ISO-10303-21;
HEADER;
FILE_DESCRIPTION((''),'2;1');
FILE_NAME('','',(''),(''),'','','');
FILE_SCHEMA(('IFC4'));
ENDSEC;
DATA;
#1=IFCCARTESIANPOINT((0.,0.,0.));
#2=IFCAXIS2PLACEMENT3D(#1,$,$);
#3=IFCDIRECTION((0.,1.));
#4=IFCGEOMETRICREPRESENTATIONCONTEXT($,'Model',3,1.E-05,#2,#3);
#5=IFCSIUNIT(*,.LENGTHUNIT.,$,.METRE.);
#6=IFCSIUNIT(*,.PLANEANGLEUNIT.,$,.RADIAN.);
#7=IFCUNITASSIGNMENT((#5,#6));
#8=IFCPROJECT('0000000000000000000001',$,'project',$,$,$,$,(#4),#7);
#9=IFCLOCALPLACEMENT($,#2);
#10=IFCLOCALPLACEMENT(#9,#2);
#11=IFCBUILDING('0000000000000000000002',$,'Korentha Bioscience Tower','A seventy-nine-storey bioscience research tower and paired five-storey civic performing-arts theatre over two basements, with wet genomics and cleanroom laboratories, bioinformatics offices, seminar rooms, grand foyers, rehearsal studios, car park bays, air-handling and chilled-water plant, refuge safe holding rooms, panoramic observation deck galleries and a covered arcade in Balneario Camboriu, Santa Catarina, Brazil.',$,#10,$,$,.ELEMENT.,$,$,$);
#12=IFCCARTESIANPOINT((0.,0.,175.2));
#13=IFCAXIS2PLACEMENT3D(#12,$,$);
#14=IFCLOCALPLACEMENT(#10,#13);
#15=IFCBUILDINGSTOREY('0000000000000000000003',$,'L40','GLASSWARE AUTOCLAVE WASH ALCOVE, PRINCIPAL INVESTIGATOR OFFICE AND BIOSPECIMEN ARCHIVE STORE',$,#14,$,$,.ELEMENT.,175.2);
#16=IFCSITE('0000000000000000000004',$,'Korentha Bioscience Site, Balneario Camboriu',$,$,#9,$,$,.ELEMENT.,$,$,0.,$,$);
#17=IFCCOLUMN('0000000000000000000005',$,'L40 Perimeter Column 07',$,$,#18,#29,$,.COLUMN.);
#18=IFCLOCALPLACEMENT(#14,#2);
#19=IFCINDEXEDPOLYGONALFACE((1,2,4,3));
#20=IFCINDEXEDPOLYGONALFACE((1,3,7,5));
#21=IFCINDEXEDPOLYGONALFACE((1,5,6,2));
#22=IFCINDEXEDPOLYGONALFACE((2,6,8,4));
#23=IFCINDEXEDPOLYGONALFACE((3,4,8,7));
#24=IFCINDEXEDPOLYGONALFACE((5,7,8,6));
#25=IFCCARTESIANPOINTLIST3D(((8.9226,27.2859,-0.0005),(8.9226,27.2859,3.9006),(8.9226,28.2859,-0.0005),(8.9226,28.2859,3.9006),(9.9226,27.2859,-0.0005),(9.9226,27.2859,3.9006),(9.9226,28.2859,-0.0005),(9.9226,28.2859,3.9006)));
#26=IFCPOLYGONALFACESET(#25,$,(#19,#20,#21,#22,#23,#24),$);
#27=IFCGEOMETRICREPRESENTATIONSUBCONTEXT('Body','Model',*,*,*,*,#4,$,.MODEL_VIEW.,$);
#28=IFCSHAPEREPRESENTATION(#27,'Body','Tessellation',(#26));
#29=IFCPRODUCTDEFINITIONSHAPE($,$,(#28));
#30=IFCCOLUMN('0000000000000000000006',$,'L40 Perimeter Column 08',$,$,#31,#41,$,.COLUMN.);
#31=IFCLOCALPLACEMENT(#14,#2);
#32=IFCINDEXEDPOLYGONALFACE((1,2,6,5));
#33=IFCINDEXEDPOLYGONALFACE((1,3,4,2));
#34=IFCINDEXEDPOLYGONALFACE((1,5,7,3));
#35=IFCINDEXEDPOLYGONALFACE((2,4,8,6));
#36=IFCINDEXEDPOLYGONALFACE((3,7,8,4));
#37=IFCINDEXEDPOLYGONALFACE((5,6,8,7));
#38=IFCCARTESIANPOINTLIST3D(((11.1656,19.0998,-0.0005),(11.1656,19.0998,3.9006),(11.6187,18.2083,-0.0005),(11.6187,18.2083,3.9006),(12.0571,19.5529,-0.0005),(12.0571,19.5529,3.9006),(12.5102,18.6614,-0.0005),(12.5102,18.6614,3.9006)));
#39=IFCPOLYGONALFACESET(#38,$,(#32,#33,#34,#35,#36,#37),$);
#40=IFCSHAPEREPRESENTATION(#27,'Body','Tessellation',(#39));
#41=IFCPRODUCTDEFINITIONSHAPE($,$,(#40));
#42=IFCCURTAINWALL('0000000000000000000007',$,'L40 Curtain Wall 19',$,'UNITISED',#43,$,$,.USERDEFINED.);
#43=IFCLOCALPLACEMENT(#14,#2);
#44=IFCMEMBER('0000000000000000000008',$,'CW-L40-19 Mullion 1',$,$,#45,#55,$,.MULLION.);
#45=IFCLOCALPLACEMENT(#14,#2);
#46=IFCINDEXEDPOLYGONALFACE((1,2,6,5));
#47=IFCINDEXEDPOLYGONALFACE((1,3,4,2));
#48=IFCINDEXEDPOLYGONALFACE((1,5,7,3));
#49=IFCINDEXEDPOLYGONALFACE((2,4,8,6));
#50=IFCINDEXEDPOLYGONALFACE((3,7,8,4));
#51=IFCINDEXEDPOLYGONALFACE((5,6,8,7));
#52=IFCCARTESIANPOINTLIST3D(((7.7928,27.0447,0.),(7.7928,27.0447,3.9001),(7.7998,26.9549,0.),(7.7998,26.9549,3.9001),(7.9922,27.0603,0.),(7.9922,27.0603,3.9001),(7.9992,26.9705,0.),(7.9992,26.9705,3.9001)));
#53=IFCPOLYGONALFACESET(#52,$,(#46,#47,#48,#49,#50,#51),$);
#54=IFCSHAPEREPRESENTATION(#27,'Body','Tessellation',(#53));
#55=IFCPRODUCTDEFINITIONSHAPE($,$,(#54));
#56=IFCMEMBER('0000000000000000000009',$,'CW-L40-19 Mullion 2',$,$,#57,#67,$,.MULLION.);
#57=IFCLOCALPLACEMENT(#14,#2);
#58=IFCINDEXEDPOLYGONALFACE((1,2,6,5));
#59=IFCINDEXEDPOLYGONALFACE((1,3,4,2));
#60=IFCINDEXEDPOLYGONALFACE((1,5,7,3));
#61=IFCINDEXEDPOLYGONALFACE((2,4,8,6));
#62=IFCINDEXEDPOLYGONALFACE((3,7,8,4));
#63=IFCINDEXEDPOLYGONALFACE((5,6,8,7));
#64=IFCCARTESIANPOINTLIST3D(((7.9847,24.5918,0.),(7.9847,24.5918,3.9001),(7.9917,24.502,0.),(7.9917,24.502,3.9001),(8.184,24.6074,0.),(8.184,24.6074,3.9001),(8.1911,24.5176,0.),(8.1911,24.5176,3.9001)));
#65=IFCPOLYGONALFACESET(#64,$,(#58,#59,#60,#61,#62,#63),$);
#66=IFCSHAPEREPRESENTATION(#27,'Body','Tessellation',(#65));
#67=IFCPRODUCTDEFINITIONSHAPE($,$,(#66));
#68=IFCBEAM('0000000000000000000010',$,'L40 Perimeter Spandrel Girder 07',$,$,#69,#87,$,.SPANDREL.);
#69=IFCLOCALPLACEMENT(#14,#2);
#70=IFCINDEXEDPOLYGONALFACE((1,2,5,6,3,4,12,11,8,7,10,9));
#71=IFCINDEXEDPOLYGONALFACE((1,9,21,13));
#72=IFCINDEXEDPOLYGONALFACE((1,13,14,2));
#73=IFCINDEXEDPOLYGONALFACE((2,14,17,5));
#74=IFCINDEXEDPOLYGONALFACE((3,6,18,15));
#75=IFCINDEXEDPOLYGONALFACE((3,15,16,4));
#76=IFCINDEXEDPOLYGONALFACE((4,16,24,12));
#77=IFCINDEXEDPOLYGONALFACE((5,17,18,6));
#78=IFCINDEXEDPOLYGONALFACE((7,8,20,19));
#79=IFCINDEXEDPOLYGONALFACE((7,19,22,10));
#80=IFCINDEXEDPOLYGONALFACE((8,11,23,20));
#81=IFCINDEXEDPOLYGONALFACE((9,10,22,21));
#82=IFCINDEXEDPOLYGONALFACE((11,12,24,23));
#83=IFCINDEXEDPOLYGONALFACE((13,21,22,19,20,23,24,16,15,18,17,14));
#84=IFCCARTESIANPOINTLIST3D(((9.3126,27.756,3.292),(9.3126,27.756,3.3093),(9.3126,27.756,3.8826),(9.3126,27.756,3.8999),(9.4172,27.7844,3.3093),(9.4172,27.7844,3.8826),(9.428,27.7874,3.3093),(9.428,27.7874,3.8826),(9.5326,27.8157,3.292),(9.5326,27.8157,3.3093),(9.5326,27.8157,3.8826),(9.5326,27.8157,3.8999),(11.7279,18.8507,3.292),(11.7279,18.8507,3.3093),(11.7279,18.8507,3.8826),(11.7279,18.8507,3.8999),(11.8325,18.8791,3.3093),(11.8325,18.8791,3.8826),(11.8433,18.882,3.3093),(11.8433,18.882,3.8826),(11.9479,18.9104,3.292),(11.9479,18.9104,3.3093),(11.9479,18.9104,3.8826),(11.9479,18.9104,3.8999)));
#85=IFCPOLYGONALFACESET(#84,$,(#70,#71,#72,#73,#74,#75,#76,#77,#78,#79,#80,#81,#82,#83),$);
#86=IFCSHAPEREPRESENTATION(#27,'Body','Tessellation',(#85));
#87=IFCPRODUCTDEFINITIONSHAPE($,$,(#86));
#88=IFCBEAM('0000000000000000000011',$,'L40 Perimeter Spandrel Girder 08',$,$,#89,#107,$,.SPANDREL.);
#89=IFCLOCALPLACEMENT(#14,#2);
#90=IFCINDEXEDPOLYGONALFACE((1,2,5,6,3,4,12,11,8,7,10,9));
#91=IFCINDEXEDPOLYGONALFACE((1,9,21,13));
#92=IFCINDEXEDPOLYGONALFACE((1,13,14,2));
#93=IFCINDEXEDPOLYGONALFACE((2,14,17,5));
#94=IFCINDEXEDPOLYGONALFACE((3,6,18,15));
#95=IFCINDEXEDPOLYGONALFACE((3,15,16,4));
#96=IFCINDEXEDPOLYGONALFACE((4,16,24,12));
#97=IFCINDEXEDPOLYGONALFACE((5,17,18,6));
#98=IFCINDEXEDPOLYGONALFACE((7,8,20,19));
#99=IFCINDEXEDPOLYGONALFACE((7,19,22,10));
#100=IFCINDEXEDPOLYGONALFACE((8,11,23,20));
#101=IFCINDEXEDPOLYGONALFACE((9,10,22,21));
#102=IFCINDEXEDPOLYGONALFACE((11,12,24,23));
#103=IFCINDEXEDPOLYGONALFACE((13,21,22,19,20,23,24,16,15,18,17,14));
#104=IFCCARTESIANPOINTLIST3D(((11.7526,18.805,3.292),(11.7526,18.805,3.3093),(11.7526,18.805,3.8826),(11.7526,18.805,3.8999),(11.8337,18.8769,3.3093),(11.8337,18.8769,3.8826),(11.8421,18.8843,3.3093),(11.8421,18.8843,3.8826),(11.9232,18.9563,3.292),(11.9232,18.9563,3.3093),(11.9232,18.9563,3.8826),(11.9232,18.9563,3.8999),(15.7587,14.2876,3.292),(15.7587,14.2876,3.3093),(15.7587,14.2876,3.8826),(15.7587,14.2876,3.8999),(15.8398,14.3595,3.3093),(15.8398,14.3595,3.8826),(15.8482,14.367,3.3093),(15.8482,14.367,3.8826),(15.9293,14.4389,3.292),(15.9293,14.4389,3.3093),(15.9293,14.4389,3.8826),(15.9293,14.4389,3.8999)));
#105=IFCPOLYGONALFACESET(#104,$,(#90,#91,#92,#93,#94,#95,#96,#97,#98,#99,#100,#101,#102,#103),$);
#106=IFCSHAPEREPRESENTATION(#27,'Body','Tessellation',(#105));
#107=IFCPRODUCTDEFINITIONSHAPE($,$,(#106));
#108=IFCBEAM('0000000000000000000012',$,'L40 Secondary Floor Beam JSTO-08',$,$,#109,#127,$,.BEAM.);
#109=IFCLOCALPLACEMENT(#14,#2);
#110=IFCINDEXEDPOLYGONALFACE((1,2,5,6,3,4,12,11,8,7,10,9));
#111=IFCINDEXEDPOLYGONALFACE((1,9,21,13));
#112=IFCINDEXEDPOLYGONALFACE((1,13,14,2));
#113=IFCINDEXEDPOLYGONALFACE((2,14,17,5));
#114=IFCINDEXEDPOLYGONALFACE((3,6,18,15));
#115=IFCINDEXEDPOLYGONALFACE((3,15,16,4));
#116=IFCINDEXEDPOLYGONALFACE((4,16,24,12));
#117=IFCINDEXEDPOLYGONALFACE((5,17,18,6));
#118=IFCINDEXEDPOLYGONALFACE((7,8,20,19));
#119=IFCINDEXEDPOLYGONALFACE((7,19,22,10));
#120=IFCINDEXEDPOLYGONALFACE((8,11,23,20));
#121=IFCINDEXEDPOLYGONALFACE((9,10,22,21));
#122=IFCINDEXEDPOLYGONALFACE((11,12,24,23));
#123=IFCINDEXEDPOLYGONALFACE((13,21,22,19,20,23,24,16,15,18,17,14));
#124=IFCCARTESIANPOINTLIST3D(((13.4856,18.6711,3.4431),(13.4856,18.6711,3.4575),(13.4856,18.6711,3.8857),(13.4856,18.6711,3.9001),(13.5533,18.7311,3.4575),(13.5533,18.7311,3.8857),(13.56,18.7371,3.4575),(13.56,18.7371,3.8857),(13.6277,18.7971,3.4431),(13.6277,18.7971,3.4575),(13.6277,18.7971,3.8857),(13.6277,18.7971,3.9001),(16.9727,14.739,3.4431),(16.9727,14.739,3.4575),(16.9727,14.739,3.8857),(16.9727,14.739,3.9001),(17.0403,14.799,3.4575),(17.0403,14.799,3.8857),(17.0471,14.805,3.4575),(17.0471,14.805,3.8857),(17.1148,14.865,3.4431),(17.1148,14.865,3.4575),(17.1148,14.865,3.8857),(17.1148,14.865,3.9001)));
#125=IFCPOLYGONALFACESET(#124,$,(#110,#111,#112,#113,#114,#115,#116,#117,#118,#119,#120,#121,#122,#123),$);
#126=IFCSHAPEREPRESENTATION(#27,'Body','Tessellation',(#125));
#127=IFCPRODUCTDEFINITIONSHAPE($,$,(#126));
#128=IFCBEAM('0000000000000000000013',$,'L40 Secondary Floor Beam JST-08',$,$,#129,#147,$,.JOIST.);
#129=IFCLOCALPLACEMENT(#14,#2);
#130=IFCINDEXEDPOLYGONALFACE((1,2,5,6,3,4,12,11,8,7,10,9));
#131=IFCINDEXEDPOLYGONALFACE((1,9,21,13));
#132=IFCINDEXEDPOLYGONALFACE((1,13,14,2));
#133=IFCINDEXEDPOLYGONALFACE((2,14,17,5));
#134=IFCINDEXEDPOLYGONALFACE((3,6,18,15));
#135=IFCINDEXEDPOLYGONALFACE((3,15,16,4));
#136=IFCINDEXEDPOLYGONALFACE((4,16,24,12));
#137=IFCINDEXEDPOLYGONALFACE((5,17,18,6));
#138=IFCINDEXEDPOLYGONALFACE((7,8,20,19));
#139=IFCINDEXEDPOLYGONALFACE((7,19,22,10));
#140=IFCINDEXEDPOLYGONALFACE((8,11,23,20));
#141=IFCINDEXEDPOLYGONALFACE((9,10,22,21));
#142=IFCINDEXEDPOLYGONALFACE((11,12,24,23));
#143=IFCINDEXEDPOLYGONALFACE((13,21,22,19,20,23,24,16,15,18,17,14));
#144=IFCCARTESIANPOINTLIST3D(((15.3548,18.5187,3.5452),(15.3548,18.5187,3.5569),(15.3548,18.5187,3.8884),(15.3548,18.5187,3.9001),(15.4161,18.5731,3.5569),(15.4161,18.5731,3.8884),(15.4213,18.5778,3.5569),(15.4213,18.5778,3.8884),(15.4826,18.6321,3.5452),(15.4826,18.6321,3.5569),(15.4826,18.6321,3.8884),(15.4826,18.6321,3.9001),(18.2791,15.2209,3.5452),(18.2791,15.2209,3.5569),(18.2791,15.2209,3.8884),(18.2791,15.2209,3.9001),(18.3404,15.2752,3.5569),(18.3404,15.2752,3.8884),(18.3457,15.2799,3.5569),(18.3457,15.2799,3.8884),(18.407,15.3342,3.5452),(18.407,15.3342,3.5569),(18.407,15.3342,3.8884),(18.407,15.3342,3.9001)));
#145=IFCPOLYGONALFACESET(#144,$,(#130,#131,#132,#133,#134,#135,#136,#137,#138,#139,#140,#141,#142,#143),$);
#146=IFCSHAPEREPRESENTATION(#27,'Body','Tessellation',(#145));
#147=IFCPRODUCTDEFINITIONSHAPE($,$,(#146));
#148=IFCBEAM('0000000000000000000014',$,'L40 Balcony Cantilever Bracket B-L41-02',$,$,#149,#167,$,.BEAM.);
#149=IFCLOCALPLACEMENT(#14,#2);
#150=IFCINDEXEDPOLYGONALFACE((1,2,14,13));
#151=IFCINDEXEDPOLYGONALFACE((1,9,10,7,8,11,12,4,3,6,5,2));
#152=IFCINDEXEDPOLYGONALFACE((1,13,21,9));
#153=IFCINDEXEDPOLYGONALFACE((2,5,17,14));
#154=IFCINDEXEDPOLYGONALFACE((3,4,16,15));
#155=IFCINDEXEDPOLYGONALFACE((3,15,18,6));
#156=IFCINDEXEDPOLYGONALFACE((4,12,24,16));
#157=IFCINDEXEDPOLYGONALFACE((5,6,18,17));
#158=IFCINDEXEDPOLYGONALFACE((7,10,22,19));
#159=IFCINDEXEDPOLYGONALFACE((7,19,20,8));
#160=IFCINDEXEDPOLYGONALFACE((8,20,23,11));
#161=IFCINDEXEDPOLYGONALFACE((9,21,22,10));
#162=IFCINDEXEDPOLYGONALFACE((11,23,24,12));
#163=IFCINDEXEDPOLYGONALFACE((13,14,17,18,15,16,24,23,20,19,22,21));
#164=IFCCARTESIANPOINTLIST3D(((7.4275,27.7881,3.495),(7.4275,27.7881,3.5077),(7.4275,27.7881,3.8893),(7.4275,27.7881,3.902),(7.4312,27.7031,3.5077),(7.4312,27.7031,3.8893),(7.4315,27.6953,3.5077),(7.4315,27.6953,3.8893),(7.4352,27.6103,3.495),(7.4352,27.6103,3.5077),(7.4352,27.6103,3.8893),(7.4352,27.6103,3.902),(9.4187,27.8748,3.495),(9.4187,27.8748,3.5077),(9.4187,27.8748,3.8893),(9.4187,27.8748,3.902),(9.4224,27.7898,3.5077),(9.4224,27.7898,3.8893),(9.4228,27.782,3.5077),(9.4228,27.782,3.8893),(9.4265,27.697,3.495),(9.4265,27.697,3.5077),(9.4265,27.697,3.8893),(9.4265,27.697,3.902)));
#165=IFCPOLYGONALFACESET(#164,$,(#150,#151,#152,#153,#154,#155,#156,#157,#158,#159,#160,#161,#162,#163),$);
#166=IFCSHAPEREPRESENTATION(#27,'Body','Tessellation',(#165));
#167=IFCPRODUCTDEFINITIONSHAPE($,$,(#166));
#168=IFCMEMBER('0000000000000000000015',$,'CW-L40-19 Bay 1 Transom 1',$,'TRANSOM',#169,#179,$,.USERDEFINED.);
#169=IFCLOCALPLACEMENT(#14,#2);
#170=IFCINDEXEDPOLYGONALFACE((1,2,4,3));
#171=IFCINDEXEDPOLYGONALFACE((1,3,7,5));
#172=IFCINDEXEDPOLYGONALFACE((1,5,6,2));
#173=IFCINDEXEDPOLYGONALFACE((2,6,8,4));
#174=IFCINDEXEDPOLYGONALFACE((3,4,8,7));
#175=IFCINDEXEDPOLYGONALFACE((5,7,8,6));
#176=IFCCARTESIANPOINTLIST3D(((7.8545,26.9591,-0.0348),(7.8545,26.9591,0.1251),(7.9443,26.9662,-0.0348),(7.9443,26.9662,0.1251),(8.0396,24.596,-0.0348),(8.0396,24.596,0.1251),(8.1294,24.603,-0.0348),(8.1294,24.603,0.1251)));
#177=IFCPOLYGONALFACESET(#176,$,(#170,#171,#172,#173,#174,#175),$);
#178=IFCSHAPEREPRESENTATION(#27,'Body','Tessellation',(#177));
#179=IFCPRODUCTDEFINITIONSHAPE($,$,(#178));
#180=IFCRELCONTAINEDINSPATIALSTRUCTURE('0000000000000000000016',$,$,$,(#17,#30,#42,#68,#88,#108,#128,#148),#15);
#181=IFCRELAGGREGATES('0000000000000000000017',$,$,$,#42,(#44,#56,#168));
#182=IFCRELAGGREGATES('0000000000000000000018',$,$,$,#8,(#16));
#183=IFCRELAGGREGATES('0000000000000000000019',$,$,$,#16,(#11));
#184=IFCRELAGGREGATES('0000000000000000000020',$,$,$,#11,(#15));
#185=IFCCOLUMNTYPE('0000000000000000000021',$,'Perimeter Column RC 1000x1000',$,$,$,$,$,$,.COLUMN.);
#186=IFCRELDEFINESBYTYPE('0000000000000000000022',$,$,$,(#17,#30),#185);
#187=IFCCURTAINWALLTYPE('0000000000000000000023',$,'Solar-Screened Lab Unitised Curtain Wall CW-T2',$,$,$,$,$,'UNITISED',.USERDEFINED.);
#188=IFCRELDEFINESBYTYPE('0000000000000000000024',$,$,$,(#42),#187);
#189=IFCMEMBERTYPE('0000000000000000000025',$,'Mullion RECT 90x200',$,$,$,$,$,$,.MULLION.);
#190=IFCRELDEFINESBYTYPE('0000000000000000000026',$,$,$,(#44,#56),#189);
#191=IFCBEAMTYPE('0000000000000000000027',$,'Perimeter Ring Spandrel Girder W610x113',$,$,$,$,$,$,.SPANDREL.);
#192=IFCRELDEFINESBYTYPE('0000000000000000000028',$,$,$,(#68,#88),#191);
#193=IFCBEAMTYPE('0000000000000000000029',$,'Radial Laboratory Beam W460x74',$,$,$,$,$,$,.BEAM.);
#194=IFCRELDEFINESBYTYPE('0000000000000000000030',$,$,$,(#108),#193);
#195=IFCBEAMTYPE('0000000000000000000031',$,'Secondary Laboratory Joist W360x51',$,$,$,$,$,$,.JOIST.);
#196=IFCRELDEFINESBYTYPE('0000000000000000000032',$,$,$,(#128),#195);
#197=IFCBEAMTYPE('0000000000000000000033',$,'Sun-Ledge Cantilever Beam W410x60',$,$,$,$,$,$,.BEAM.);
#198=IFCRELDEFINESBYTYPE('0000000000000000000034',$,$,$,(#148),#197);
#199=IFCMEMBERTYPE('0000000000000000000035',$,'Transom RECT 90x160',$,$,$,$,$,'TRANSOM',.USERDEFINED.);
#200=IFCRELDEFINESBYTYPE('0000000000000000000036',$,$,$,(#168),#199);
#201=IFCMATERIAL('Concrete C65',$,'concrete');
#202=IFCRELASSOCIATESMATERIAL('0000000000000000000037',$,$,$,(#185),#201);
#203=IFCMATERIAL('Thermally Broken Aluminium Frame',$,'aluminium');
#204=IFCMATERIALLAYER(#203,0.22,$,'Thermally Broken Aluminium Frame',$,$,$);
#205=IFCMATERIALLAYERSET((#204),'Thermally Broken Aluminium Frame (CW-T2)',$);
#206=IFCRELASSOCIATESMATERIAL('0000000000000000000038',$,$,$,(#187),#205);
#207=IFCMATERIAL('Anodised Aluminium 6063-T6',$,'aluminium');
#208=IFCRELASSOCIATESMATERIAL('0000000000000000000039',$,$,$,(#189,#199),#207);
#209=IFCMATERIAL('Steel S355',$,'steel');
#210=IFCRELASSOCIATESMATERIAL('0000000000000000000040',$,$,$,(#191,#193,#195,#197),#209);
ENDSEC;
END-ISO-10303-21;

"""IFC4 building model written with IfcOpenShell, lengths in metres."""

from ifc_helpers import new_model, si_unit, direction, frame, origin, origin_2d, place, context, subcontext, project, spatial, rectangle, i_section, extrude, material, layer, layer_set, material_profile, profile_set, type_object, element, aggregate, save


model = new_model("IFC4")

# Units and contexts
model_context = context("Model", 3, precision=1e-05, world=origin(), true_north=direction((0.0, 1.0)))
body_context = subcontext(model_context, "Body", "Model", "MODEL_VIEW")
ifc_project = project(units=[si_unit("LENGTHUNIT", "METRE"), si_unit("PLANEANGLEUNIT", "RADIAN")], contexts=[model_context])

# Site, building, storey
site_placement = place(None, origin())
site = spatial("IfcSite", under=ifc_project, at=site_placement, Name="Korentha Bioscience Site, Balneario Camboriu", CompositionType="ELEMENT", RefElevation=0.0)
building_placement = place(site_placement, origin())
building = spatial("IfcBuilding", under=site, at=building_placement, Name="Korentha Bioscience Tower", Description="A seventy-nine-storey bioscience research tower and paired five-storey civic performing-arts theatre over two basements, with wet genomics and cleanroom laboratories, bioinformatics offices, seminar rooms, grand foyers, rehearsal studios, car park bays, air-handling and chilled-water plant, refuge safe holding rooms, panoramic observation deck galleries and a covered arcade in Balneario Camboriu, Santa Catarina, Brazil.", CompositionType="ELEMENT")
storey_placement = place(building_placement, frame((0.0, 0.0, 175.2)))
storey = spatial("IfcBuildingStorey", under=building, at=storey_placement, Name="L40", Description="GLASSWARE AUTOCLAVE WASH ALCOVE, PRINCIPAL INVESTIGATOR OFFICE AND BIOSPECIMEN ARCHIVE STORE", CompositionType="ELEMENT", Elevation=175.2)

# Columns
ifc_material_1 = material(Name="Concrete C65", Category="concrete")
ifc_material_profile_1 = material_profile(ifc_material_1, rectangle(XDim=1.0, YDim=1.0, at=origin_2d()), Name="Concrete C65")
ifc_profile_set_1 = profile_set([ifc_material_profile_1], Name="Concrete C65 (COL-P10)")
column_type = type_object("IfcColumnType", Name="Perimeter Column RC 1000x1000", PredefinedType="COLUMN", material=ifc_profile_set_1)
for number, where, z_axis, x_axis, name in (
    (1, (9.4226, 27.7859, -0.0005), (0.0, 0.0, 1.0), (0.0, 1.0, 0.0), "L40 Perimeter Column 07"),
    (2, (11.8379, 18.8806, -0.0005), (0.0, 0.0, 1.0), (-0.453057, 0.891481, 0.0), "L40 Perimeter Column 08"),
):
    element("IfcColumn", number, at=place(storey_placement, frame(where, z_axis=z_axis, x_axis=x_axis)), inside=storey, type_object=column_type, Name=name, PredefinedType="COLUMN", context=body_context, shape_type="SweptSolid", body=[
        extrude(rectangle(XDim=1.0, YDim=1.0, at=origin_2d()), origin(), (0.0, 0.0, 1.0), 3.9011),
    ])

# Curtain wall, members
ifc_material_2 = material(Name="Thermally Broken Aluminium Frame", Category="aluminium")
ifc_layer_1 = layer(ifc_material_2, 0.22, Name="Thermally Broken Aluminium Frame")
ifc_layer_set_1 = layer_set([ifc_layer_1], Name="Thermally Broken Aluminium Frame (CW-T2)")
curtain_wall_type = type_object("IfcCurtainWallType", Name="Solar-Screened Lab Unitised Curtain Wall CW-T2", ElementType="UNITISED", PredefinedType="USERDEFINED", material=ifc_layer_set_1)
curtain_wall_placement = place(storey_placement, origin())
curtain_wall = element("IfcCurtainWall", 3, at=curtain_wall_placement, inside=storey, type_object=curtain_wall_type, Name="L40 Curtain Wall 19", ObjectType="UNITISED", PredefinedType="USERDEFINED")
ifc_material_3 = material(Name="Anodised Aluminium 6063-T6", Category="aluminium")
ifc_material_profile_2 = material_profile(ifc_material_3, rectangle(XDim=0.0901, YDim=0.2, at=origin_2d()), Name="Anodised Aluminium 6063-T6")
ifc_profile_set_2 = profile_set([ifc_material_profile_2], Name="Anodised Aluminium 6063-T6 (CW-MUL)")
member_type_1 = type_object("IfcMemberType", Name="Mullion RECT 90x200", PredefinedType="MULLION", material=ifc_profile_set_2)
member_1_placement = place(storey_placement, frame((7.896, 27.0076, 0.0), z_axis=(0.0, 0.0, 1.0), x_axis=(0.078031, -0.996951, 0.0)))
member_1 = element("IfcMember", 4, at=member_1_placement, type_object=member_type_1, Name="CW-L40-19 Mullion 1", PredefinedType="MULLION", context=body_context, shape_type="SweptSolid", body=[
    extrude(rectangle(XDim=0.0901, YDim=0.2, at=origin_2d()), origin(), (0.0, 0.0, 1.0), 3.9001),
])
member_2_placement = place(storey_placement, frame((8.0879, 24.5547, 0.0), z_axis=(0.0, 0.0, 1.0), x_axis=(0.078031, -0.996951, 0.0)))
member_2 = element("IfcMember", 5, at=member_2_placement, type_object=member_type_1, Name="CW-L40-19 Mullion 2", PredefinedType="MULLION", context=body_context, shape_type="SweptSolid", body=[
    extrude(rectangle(XDim=0.0901, YDim=0.2, at=origin_2d()), origin(), (0.0, 0.0, 1.0), 3.9001),
])

# Beams
ifc_material_4 = material(Name="Steel S355", Category="steel")
ifc_material_profile_3 = material_profile(ifc_material_4, i_section(OverallWidth=0.228, OverallDepth=0.6079, WebThickness=0.0112, FlangeThickness=0.0173, at=origin_2d()), Name="Steel S355")
ifc_profile_set_3 = profile_set([ifc_material_profile_3], Name="Steel S355 (SB-610)")
beam_type_1 = type_object("IfcBeamType", Name="Perimeter Ring Spandrel Girder W610x113", PredefinedType="SPANDREL", material=ifc_profile_set_3)
beam_1_placement = place(storey_placement, frame((9.4226, 27.7859, 3.5959), z_axis=(0.261763, -0.965132, 0.0), x_axis=(0.965132, 0.261763, 0.0)))
element("IfcBeam", 6, at=beam_1_placement, inside=storey, type_object=beam_type_1, Name="L40 Perimeter Spandrel Girder 07", PredefinedType="SPANDREL", context=body_context, shape_type="SweptSolid", body=[
    extrude(i_section(OverallWidth=0.228, OverallDepth=0.6079, WebThickness=0.0112, FlangeThickness=0.0173, at=origin_2d()), origin(), (0.0, 0.0, 1.0), 9.2271),
])
beam_2_placement = place(storey_placement, frame((11.8379, 18.8806, 3.5959), z_axis=(0.663503, -0.748174, 0.0), x_axis=(0.748174, 0.663503, 0.0)))
element("IfcBeam", 7, at=beam_2_placement, inside=storey, type_object=beam_type_1, Name="L40 Perimeter Spandrel Girder 08", PredefinedType="SPANDREL", context=body_context, shape_type="SweptSolid", body=[
    extrude(i_section(OverallWidth=0.228, OverallDepth=0.6079, WebThickness=0.0112, FlangeThickness=0.0173, at=origin_2d()), origin(), (0.0, 0.0, 1.0), 6.0378),
])
ifc_material_profile_4 = material_profile(ifc_material_4, i_section(OverallWidth=0.1899, OverallDepth=0.457, WebThickness=0.009, FlangeThickness=0.0144, at=origin_2d()), Name="Steel S355")
ifc_profile_set_4 = profile_set([ifc_material_profile_4], Name="Steel S355 (RB-460)")
beam_type_2 = type_object("IfcBeamType", Name="Radial Laboratory Beam W460x74", PredefinedType="BEAM", material=ifc_profile_set_4)
beam_3_placement = place(storey_placement, frame((13.5566, 18.7341, 3.6716), z_axis=(0.663496, -0.74818, 0.0), x_axis=(0.74818, 0.663496, 0.0)))
element("IfcBeam", 8, at=beam_3_placement, inside=storey, type_object=beam_type_2, Name="L40 Secondary Floor Beam JSTO-08", PredefinedType="BEAM", context=body_context, shape_type="SweptSolid", body=[
    extrude(i_section(OverallWidth=0.1899, OverallDepth=0.457, WebThickness=0.009, FlangeThickness=0.0144, at=origin_2d()), origin(), (0.0, 0.0, 1.0), 5.2556),
])
ifc_material_profile_5 = material_profile(ifc_material_4, i_section(OverallWidth=0.1709, OverallDepth=0.355, WebThickness=0.0071, FlangeThickness=0.0117, at=origin_2d()), Name="Steel S355")
ifc_profile_set_5 = profile_set([ifc_material_profile_5], Name="Steel S355 (JB-360)")
beam_type_3 = type_object("IfcBeamType", Name="Secondary Laboratory Joist W360x51", PredefinedType="JOIST", material=ifc_profile_set_5)
beam_4_placement = place(storey_placement, frame((15.4187, 18.5754, 3.7227), z_axis=(0.663463, -0.748209, 0.0), x_axis=(0.748209, 0.663463, 0.0)))
element("IfcBeam", 9, at=beam_4_placement, inside=storey, type_object=beam_type_3, Name="L40 Secondary Floor Beam JST-08", PredefinedType="JOIST", context=body_context, shape_type="SweptSolid", body=[
    extrude(i_section(OverallWidth=0.1709, OverallDepth=0.355, WebThickness=0.0071, FlangeThickness=0.0117, at=origin_2d()), origin(), (0.0, 0.0, 1.0), 4.4077),
])
ifc_material_profile_6 = material_profile(ifc_material_4, i_section(OverallWidth=0.178, OverallDepth=0.407, WebThickness=0.0078, FlangeThickness=0.0127, at=origin_2d()), Name="Steel S355")
ifc_profile_set_6 = profile_set([ifc_material_profile_6], Name="Steel S355 (CB-410)")
beam_type_4 = type_object("IfcBeamType", Name="Sun-Ledge Cantilever Beam W410x60", PredefinedType="BEAM", material=ifc_profile_set_6)
beam_5_placement = place(storey_placement, frame((9.4226, 27.7859, 3.6985), z_axis=(-0.999054, -0.043485, 0.0), x_axis=(0.043485, -0.999054, 0.0)))
element("IfcBeam", 10, at=beam_5_placement, inside=storey, type_object=beam_type_4, Name="L40 Balcony Cantilever Bracket B-L41-02", PredefinedType="BEAM", context=body_context, shape_type="SweptSolid", body=[
    extrude(i_section(OverallWidth=0.178, OverallDepth=0.407, WebThickness=0.0078, FlangeThickness=0.0127, at=origin_2d()), origin(), (0.0, 0.0, 1.0), 1.9932),
])

# Member
ifc_material_profile_7 = material_profile(ifc_material_3, rectangle(XDim=0.0901, YDim=0.1599, at=origin_2d()), Name="Anodised Aluminium 6063-T6")
ifc_profile_set_7 = profile_set([ifc_material_profile_7], Name="Anodised Aluminium 6063-T6 (CW-TRN)")
member_type_2 = type_object("IfcMemberType", Name="Transom RECT 90x160", ElementType="TRANSOM", PredefinedType="USERDEFINED", material=ifc_profile_set_7)
member_3_placement = place(storey_placement, frame((7.8994, 26.9626, 0.0452), z_axis=(0.078075, -0.996948, 0.0), x_axis=(0.996948, 0.078075, 0.0)))
member_3 = element("IfcMember", 11, at=member_3_placement, type_object=member_type_2, Name="CW-L40-19 Bay 1 Transom 1", ObjectType="TRANSOM", PredefinedType="USERDEFINED", context=body_context, shape_type="SweptSolid", body=[
    extrude(rectangle(XDim=0.0901, YDim=0.1599, at=origin_2d()), origin(), (0.0, 0.0, 1.0), 2.3704),
])

aggregate(curtain_wall, [member_1, member_2, member_3])

save(model, "model.ifc")
